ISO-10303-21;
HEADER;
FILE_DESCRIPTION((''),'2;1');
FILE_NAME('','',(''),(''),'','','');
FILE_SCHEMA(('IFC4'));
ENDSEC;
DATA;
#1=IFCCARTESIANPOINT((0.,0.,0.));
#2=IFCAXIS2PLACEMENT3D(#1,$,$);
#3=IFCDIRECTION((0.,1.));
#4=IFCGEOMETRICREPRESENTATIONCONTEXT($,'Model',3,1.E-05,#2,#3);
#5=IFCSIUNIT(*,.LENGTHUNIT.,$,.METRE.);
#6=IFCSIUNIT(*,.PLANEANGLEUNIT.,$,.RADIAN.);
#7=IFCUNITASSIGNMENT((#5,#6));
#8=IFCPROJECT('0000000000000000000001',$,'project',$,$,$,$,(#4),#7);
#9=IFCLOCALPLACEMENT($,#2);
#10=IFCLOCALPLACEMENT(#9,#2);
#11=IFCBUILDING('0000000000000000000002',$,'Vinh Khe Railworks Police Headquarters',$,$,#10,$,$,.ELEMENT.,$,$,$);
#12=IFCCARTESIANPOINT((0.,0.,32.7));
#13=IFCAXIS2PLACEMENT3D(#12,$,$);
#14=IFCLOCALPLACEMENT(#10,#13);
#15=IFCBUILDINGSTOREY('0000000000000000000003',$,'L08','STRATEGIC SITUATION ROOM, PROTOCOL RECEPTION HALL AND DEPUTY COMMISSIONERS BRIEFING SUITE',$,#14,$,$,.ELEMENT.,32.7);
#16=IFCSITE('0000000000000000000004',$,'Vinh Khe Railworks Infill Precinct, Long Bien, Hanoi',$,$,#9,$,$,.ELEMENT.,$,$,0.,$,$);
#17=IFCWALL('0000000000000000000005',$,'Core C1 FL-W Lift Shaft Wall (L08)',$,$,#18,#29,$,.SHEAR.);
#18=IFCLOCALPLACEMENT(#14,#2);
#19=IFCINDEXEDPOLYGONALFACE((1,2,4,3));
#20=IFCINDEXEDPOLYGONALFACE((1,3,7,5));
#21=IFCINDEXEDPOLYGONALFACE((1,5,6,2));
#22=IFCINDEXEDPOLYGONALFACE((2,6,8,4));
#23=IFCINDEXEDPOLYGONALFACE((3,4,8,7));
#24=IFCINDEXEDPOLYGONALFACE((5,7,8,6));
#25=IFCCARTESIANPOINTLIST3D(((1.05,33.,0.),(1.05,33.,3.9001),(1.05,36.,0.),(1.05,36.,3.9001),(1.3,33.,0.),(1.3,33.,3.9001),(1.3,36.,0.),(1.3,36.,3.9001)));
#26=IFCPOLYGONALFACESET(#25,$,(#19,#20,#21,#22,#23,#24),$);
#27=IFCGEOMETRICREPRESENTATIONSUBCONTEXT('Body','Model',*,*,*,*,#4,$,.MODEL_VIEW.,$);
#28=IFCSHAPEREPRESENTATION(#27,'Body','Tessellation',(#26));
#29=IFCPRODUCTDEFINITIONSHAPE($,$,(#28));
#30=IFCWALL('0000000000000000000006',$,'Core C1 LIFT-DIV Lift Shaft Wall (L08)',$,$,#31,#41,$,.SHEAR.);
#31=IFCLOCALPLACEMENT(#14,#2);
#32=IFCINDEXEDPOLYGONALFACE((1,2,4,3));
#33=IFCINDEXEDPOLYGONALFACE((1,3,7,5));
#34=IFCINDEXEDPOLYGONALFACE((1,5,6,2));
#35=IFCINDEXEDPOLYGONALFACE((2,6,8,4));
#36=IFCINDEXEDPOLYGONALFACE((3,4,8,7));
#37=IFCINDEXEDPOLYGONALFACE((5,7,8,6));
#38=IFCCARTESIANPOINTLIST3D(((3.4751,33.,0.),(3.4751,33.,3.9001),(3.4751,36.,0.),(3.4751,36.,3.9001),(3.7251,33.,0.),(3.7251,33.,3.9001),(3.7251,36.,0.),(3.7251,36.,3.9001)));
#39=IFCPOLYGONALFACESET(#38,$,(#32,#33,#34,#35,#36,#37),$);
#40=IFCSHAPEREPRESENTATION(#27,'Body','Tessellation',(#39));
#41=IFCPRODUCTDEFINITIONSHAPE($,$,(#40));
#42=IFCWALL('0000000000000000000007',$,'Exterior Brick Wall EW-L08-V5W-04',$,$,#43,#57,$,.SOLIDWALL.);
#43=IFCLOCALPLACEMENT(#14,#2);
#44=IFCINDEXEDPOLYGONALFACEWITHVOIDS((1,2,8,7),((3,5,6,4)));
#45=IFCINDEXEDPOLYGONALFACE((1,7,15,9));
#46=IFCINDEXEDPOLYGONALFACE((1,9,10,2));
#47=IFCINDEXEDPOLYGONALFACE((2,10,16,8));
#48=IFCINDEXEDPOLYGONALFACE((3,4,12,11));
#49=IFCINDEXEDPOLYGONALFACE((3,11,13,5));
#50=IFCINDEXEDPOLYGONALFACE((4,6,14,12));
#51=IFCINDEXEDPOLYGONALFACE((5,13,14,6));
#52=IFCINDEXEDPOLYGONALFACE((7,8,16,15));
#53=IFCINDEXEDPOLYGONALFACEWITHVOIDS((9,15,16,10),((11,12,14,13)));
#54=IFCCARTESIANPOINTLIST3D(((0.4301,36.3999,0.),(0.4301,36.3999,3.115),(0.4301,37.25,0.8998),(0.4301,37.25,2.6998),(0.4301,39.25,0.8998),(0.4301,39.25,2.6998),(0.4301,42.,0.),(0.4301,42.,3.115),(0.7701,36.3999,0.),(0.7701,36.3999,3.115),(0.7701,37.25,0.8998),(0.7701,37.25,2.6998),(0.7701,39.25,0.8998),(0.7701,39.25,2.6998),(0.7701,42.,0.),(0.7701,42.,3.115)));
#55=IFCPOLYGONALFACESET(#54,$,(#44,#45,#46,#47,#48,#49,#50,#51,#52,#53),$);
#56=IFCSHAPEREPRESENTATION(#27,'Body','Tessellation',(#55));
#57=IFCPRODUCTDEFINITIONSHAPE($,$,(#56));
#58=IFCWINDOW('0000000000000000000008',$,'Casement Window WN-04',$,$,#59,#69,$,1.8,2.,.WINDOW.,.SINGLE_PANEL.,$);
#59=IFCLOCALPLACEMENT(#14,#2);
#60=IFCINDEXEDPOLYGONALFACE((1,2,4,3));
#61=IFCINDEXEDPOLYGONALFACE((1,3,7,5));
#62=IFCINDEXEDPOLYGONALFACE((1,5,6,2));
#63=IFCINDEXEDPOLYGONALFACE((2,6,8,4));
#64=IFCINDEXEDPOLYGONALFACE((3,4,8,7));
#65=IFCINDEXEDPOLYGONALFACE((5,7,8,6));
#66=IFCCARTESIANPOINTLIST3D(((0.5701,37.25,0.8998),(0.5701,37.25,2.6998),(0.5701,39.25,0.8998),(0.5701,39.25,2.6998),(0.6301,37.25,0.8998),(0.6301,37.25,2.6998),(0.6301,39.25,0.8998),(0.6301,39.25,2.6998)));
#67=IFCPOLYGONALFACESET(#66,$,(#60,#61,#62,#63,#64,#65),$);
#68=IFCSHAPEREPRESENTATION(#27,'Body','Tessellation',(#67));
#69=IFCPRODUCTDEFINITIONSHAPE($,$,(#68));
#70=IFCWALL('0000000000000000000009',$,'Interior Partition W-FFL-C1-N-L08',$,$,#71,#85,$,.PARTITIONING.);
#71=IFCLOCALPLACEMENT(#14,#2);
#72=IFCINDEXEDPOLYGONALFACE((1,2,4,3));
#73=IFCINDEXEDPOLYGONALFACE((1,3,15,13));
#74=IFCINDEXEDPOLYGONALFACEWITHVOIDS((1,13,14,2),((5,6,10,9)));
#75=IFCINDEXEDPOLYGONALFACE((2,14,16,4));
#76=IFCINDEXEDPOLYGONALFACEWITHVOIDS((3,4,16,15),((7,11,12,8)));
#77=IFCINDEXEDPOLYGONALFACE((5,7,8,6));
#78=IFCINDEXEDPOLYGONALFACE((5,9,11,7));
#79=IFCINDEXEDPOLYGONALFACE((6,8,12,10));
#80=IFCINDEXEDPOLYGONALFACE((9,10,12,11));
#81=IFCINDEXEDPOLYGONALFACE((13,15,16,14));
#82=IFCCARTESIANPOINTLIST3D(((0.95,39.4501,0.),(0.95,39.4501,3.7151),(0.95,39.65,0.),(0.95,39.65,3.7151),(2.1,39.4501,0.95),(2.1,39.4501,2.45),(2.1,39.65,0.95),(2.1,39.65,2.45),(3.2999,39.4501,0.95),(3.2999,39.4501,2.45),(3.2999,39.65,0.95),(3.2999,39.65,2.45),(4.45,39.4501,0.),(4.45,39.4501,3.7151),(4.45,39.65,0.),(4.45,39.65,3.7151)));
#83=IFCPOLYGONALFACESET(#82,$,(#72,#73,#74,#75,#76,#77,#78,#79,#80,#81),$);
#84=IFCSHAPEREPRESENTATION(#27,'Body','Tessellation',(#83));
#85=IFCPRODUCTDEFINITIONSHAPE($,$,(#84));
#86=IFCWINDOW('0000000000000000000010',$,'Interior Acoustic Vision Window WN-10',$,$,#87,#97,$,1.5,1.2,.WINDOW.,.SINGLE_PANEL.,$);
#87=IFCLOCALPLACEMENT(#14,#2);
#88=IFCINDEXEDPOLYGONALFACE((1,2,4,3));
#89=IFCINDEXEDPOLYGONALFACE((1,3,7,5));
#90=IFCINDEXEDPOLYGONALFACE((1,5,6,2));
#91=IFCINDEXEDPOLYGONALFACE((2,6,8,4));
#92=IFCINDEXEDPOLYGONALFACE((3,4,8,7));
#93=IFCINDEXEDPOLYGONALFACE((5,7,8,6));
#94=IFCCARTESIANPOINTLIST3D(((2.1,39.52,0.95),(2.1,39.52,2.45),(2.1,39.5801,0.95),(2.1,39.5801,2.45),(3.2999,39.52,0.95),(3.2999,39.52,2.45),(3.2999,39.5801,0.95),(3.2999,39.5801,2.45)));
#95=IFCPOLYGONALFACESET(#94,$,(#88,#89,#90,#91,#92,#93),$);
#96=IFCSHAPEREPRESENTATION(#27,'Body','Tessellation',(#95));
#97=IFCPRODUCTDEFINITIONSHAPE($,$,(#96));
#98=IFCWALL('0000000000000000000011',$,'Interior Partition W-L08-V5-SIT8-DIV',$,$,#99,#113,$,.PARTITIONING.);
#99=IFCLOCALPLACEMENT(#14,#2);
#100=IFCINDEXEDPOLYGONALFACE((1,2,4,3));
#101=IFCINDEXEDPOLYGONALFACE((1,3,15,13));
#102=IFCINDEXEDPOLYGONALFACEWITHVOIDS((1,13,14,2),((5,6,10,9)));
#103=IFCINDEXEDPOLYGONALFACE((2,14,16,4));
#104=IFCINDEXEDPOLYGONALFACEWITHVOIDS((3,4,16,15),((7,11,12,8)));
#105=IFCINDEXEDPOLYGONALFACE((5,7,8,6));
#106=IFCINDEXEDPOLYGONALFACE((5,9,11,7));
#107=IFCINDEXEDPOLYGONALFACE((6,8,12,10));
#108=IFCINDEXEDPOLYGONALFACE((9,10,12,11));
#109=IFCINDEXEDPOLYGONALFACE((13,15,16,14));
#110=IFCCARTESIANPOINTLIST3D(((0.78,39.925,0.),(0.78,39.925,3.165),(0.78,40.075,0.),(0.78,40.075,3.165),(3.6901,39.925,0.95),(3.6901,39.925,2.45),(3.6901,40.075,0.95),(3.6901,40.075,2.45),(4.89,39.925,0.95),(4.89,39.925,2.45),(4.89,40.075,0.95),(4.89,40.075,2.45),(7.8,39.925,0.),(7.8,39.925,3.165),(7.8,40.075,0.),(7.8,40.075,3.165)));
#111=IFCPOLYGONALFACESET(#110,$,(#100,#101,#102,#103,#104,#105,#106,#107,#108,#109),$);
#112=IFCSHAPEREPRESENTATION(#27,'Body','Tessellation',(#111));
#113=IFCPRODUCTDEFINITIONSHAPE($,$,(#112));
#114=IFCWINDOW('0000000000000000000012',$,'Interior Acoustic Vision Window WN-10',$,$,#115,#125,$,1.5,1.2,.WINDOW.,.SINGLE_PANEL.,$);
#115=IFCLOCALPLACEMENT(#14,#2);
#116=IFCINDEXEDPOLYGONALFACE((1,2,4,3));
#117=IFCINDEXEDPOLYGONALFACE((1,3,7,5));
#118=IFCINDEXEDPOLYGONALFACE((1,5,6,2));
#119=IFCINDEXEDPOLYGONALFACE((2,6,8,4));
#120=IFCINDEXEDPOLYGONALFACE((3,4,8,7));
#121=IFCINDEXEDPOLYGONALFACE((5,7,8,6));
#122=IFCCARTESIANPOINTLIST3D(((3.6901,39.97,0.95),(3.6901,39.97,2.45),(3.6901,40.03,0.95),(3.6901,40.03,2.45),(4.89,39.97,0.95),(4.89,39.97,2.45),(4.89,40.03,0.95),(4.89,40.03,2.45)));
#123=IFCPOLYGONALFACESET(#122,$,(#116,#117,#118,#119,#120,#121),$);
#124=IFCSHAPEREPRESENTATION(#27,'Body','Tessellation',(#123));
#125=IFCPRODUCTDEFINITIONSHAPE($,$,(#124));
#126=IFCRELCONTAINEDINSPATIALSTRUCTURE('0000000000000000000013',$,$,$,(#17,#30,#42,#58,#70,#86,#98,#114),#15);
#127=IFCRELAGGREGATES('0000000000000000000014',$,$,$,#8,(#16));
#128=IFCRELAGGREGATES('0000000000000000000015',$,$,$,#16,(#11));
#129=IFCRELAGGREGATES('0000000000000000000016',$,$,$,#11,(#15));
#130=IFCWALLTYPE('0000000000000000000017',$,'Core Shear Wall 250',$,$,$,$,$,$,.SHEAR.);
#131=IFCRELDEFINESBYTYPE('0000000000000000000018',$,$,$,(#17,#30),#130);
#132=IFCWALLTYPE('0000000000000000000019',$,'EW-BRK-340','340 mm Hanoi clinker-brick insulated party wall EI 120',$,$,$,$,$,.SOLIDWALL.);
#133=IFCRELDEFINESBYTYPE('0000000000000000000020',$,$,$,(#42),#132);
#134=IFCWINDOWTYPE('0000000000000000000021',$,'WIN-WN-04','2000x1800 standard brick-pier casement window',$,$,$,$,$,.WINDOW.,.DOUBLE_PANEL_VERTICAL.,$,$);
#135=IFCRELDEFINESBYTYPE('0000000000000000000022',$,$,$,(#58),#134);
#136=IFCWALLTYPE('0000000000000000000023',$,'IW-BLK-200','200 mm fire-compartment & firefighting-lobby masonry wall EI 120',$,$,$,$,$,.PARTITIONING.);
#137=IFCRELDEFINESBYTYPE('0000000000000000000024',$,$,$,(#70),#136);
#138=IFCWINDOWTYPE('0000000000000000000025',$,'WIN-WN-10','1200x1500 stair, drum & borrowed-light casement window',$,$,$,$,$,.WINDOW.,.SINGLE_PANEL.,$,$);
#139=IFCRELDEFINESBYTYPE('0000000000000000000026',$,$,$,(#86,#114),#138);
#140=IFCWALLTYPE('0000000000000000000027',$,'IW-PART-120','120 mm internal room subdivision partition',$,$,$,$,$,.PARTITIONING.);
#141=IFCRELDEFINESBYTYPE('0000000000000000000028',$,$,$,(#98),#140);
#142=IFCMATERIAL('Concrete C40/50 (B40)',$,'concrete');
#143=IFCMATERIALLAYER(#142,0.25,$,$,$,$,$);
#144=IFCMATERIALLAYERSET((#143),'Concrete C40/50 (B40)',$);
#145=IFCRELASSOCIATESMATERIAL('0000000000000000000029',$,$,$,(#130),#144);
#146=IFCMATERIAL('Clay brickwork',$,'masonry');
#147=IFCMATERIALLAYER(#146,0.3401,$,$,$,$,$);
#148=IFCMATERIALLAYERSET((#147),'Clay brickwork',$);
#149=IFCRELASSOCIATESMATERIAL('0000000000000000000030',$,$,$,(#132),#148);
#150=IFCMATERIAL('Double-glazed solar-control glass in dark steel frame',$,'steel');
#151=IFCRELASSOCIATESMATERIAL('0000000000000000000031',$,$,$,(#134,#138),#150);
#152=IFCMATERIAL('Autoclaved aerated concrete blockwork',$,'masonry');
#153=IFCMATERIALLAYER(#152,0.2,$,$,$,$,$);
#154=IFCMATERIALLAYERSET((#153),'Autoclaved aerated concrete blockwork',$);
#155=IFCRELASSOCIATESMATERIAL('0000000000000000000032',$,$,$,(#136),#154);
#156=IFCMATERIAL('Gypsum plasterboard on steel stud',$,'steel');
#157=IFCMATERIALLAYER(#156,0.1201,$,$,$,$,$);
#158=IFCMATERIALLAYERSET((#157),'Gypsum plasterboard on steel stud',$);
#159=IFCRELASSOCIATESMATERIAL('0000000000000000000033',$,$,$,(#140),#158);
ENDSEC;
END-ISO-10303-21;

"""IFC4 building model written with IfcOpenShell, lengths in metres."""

from ifc_helpers import new_model, si_unit, direction, frame, frame_2d, origin, place, context, subcontext, project, spatial, rectangle, extrude, material, layer, layer_set, type_object, element, fill, save


model = new_model("IFC4")

# Units and contexts
model_context = context("Model", 3, precision=1e-05, world=origin(), true_north=direction((0.0, 1.0)))
body_context = subcontext(model_context, "Body", "Model", "MODEL_VIEW")
ifc_project = project(units=[si_unit("LENGTHUNIT", "METRE"), si_unit("PLANEANGLEUNIT", "RADIAN")], contexts=[model_context])

# Site, building, storey
site_placement = place(None, origin())
site = spatial("IfcSite", under=ifc_project, at=site_placement, Name="Vinh Khe Railworks Infill Precinct, Long Bien, Hanoi", CompositionType="ELEMENT", RefElevation=0.0)
building_placement = place(site_placement, origin())
building = spatial("IfcBuilding", under=site, at=building_placement, Name="Vinh Khe Railworks Police Headquarters", CompositionType="ELEMENT")
storey_placement = place(building_placement, frame((0.0, 0.0, 32.7)))
storey = spatial("IfcBuildingStorey", under=building, at=storey_placement, Name="L08", Description="STRATEGIC SITUATION ROOM, PROTOCOL RECEPTION HALL AND DEPUTY COMMISSIONERS BRIEFING SUITE", CompositionType="ELEMENT", Elevation=32.7)

# Shared definitions
ifc_material_1 = material(Name="Concrete C40/50 (B40)", Category="concrete")
ifc_layer_1 = layer(ifc_material_1, 0.25)
ifc_layer_set_1 = layer_set([ifc_layer_1], Name="Concrete C40/50 (B40)")
wall_type_1 = type_object("IfcWallType", Name="Core Shear Wall 250", PredefinedType="SHEAR", material=ifc_layer_set_1)

# Walls
for number, where, z_axis, x_axis, name in (
    (1, (1.175, 33.0, 0.0), (0.0, 0.0, 1.0), (0.0, 1.0, 0.0), "Core C1 FL-W Lift Shaft Wall (L08)"),
    (2, (3.6001, 33.0, 0.0), (0.0, 0.0, 1.0), (0.0, 1.0, 0.0), "Core C1 LIFT-DIV Lift Shaft Wall (L08)"),
):
    element("IfcWall", number, at=place(storey_placement, frame(where, z_axis=z_axis, x_axis=x_axis)), inside=storey, type_object=wall_type_1, Name=name, PredefinedType="SHEAR", context=body_context, shape_type="SweptSolid", body=[
        extrude(rectangle(XDim=3.0, YDim=0.25, at=frame_2d((1.5, 0.0))), origin(), (0.0, 0.0, 1.0), 3.9001),
    ])

# Walls, openings, windows
ifc_material_2 = material(Name="Clay brickwork", Category="masonry")
ifc_layer_2 = layer(ifc_material_2, 0.3401)
ifc_layer_set_2 = layer_set([ifc_layer_2], Name="Clay brickwork")
wall_type_2 = type_object("IfcWallType", Name="EW-BRK-340", Description="340 mm Hanoi clinker-brick insulated party wall EI 120", PredefinedType="SOLIDWALL", material=ifc_layer_set_2)
wall_1_placement = place(storey_placement, frame((0.6001, 36.3999, 0.0), z_axis=(0.0, 0.0, 1.0), x_axis=(0.0, 1.0, 0.0)))
wall_1 = element("IfcWall", 3, at=wall_1_placement, inside=storey, type_object=wall_type_2, Name="Exterior Brick Wall EW-L08-V5W-04", PredefinedType="SOLIDWALL", context=body_context, shape_type="SweptSolid", body=[
    extrude(rectangle(XDim=5.6001, YDim=0.3401, at=frame_2d((2.8, 0.0))), origin(), (0.0, 0.0, 1.0), 3.115),
])
opening_1_placement = place(wall_1_placement, frame((0.8501, 0.0, 0.8999)))
opening_1 = element("IfcOpeningElement", 4, at=opening_1_placement, cuts=wall_1, PredefinedType="OPENING", context=body_context, shape_type="SweptSolid", body=[
    extrude(rectangle(XDim=2.0, YDim=1.8, at=frame_2d((1.0, 0.8999))), frame((0.0, 0.1851, 0.0), z_axis=(0.0, -1.0, 0.0), x_axis=(1.0, 0.0, 0.0)), (0.0, 0.0, 1.0), 0.3699),
])
ifc_material_3 = material(Name="Double-glazed solar-control glass in dark steel frame", Category="steel")
window_type_1 = type_object("IfcWindowType", Name="WIN-WN-04", Description="2000x1800 standard brick-pier casement window", PartitioningType="DOUBLE_PANEL_VERTICAL", PredefinedType="WINDOW", material=ifc_material_3)
window_1_placement = place(opening_1_placement, origin())
window_1 = element("IfcWindow", 5, at=window_1_placement, inside=storey, type_object=window_type_1, Name="Casement Window WN-04", OverallHeight=1.8, OverallWidth=2.0, PartitioningType="SINGLE_PANEL", PredefinedType="WINDOW", context=body_context, shape_type="SweptSolid", body=[
    extrude(rectangle(XDim=2.0, YDim=1.8, at=frame_2d((1.0, 0.8999))), frame((0.0, 0.03, 0.0), z_axis=(0.0, -1.0, 0.0), x_axis=(1.0, 0.0, 0.0)), (0.0, 0.0, 1.0), 0.0601),
])
fill(opening_1, window_1)
ifc_material_4 = material(Name="Autoclaved aerated concrete blockwork", Category="masonry")
ifc_layer_3 = layer(ifc_material_4, 0.2)
ifc_layer_set_3 = layer_set([ifc_layer_3], Name="Autoclaved aerated concrete blockwork")
wall_type_3 = type_object("IfcWallType", Name="IW-BLK-200", Description="200 mm fire-compartment & firefighting-lobby masonry wall EI 120", PredefinedType="PARTITIONING", material=ifc_layer_set_3)
wall_2_placement = place(storey_placement, frame((0.95, 39.55, 0.0), z_axis=(0.0, 0.0, 1.0), x_axis=(1.0, 0.0, 0.0)))
wall_2 = element("IfcWall", 6, at=wall_2_placement, inside=storey, type_object=wall_type_3, Name="Interior Partition W-FFL-C1-N-L08", PredefinedType="PARTITIONING", context=body_context, shape_type="SweptSolid", body=[
    extrude(rectangle(XDim=3.5, YDim=0.2, at=frame_2d((1.75, 0.0))), origin(), (0.0, 0.0, 1.0), 3.7151),
])
opening_2_placement = place(wall_2_placement, frame((1.1499, 0.0, 0.95)))
opening_2 = element("IfcOpeningElement", 7, at=opening_2_placement, cuts=wall_2, PredefinedType="OPENING", context=body_context, shape_type="SweptSolid", body=[
    extrude(rectangle(XDim=1.2, YDim=1.5, at=frame_2d((0.6001, 0.75))), frame((0.0, 0.1147, 0.0), z_axis=(0.0, -1.0, 0.0), x_axis=(1.0, 0.0, 0.0)), (0.0, 0.0, 1.0), 0.2297),
])
window_type_2 = type_object("IfcWindowType", Name="WIN-WN-10", Description="1200x1500 stair, drum & borrowed-light casement window", PartitioningType="SINGLE_PANEL", PredefinedType="WINDOW", material=ifc_material_3)
window_2_placement = place(opening_2_placement, origin())
window_2 = element("IfcWindow", 8, at=window_2_placement, inside=storey, type_object=window_type_2, Name="Interior Acoustic Vision Window WN-10", OverallHeight=1.5, OverallWidth=1.2, PartitioningType="SINGLE_PANEL", PredefinedType="WINDOW", context=body_context, shape_type="SweptSolid", body=[
    extrude(rectangle(XDim=1.2, YDim=1.5, at=frame_2d((0.6001, 0.75))), frame((0.0, 0.03, 0.0), z_axis=(0.0, -1.0, 0.0), x_axis=(1.0, 0.0, 0.0)), (0.0, 0.0, 1.0), 0.0601),
])
fill(opening_2, window_2)

# Wall, opening, window
ifc_material_5 = material(Name="Gypsum plasterboard on steel stud", Category="steel")
ifc_layer_4 = layer(ifc_material_5, 0.1201)
ifc_layer_set_4 = layer_set([ifc_layer_4], Name="Gypsum plasterboard on steel stud")
wall_type_4 = type_object("IfcWallType", Name="IW-PART-120", Description="120 mm internal room subdivision partition", PredefinedType="PARTITIONING", material=ifc_layer_set_4)
wall_3_placement = place(storey_placement, frame((0.78, 40.0, 0.0), z_axis=(0.0, 0.0, 1.0), x_axis=(1.0, 0.0, 0.0)))
wall_3 = element("IfcWall", 9, at=wall_3_placement, inside=storey, type_object=wall_type_4, Name="Interior Partition W-L08-V5-SIT8-DIV", PredefinedType="PARTITIONING", context=body_context, shape_type="SweptSolid", body=[
    extrude(rectangle(XDim=7.02, YDim=0.1499, at=frame_2d((3.51, 0.0))), origin(), (0.0, 0.0, 1.0), 3.165),
])
opening_3_placement = place(wall_3_placement, frame((2.9099, 0.0, 0.95)))
opening_3 = element("IfcOpeningElement", 10, at=opening_3_placement, cuts=wall_3, PredefinedType="OPENING", context=body_context, shape_type="SweptSolid", body=[
    extrude(rectangle(XDim=1.2, YDim=1.5, at=frame_2d((0.6001, 0.75))), frame((0.0, 0.0898, 0.0), z_axis=(0.0, -1.0, 0.0), x_axis=(1.0, 0.0, 0.0)), (0.0, 0.0, 1.0), 0.1797),
])
window_3_placement = place(opening_3_placement, origin())
window_3 = element("IfcWindow", 11, at=window_3_placement, inside=storey, type_object=window_type_2, Name="Interior Acoustic Vision Window WN-10", OverallHeight=1.5, OverallWidth=1.2, PartitioningType="SINGLE_PANEL", PredefinedType="WINDOW", context=body_context, shape_type="SweptSolid", body=[
    extrude(rectangle(XDim=1.2, YDim=1.5, at=frame_2d((0.6001, 0.75))), frame((0.0, 0.03, 0.0), z_axis=(0.0, -1.0, 0.0), x_axis=(1.0, 0.0, 0.0)), (0.0, 0.0, 1.0), 0.0601),
])
fill(opening_3, window_3)

save(model, "model.ifc")
